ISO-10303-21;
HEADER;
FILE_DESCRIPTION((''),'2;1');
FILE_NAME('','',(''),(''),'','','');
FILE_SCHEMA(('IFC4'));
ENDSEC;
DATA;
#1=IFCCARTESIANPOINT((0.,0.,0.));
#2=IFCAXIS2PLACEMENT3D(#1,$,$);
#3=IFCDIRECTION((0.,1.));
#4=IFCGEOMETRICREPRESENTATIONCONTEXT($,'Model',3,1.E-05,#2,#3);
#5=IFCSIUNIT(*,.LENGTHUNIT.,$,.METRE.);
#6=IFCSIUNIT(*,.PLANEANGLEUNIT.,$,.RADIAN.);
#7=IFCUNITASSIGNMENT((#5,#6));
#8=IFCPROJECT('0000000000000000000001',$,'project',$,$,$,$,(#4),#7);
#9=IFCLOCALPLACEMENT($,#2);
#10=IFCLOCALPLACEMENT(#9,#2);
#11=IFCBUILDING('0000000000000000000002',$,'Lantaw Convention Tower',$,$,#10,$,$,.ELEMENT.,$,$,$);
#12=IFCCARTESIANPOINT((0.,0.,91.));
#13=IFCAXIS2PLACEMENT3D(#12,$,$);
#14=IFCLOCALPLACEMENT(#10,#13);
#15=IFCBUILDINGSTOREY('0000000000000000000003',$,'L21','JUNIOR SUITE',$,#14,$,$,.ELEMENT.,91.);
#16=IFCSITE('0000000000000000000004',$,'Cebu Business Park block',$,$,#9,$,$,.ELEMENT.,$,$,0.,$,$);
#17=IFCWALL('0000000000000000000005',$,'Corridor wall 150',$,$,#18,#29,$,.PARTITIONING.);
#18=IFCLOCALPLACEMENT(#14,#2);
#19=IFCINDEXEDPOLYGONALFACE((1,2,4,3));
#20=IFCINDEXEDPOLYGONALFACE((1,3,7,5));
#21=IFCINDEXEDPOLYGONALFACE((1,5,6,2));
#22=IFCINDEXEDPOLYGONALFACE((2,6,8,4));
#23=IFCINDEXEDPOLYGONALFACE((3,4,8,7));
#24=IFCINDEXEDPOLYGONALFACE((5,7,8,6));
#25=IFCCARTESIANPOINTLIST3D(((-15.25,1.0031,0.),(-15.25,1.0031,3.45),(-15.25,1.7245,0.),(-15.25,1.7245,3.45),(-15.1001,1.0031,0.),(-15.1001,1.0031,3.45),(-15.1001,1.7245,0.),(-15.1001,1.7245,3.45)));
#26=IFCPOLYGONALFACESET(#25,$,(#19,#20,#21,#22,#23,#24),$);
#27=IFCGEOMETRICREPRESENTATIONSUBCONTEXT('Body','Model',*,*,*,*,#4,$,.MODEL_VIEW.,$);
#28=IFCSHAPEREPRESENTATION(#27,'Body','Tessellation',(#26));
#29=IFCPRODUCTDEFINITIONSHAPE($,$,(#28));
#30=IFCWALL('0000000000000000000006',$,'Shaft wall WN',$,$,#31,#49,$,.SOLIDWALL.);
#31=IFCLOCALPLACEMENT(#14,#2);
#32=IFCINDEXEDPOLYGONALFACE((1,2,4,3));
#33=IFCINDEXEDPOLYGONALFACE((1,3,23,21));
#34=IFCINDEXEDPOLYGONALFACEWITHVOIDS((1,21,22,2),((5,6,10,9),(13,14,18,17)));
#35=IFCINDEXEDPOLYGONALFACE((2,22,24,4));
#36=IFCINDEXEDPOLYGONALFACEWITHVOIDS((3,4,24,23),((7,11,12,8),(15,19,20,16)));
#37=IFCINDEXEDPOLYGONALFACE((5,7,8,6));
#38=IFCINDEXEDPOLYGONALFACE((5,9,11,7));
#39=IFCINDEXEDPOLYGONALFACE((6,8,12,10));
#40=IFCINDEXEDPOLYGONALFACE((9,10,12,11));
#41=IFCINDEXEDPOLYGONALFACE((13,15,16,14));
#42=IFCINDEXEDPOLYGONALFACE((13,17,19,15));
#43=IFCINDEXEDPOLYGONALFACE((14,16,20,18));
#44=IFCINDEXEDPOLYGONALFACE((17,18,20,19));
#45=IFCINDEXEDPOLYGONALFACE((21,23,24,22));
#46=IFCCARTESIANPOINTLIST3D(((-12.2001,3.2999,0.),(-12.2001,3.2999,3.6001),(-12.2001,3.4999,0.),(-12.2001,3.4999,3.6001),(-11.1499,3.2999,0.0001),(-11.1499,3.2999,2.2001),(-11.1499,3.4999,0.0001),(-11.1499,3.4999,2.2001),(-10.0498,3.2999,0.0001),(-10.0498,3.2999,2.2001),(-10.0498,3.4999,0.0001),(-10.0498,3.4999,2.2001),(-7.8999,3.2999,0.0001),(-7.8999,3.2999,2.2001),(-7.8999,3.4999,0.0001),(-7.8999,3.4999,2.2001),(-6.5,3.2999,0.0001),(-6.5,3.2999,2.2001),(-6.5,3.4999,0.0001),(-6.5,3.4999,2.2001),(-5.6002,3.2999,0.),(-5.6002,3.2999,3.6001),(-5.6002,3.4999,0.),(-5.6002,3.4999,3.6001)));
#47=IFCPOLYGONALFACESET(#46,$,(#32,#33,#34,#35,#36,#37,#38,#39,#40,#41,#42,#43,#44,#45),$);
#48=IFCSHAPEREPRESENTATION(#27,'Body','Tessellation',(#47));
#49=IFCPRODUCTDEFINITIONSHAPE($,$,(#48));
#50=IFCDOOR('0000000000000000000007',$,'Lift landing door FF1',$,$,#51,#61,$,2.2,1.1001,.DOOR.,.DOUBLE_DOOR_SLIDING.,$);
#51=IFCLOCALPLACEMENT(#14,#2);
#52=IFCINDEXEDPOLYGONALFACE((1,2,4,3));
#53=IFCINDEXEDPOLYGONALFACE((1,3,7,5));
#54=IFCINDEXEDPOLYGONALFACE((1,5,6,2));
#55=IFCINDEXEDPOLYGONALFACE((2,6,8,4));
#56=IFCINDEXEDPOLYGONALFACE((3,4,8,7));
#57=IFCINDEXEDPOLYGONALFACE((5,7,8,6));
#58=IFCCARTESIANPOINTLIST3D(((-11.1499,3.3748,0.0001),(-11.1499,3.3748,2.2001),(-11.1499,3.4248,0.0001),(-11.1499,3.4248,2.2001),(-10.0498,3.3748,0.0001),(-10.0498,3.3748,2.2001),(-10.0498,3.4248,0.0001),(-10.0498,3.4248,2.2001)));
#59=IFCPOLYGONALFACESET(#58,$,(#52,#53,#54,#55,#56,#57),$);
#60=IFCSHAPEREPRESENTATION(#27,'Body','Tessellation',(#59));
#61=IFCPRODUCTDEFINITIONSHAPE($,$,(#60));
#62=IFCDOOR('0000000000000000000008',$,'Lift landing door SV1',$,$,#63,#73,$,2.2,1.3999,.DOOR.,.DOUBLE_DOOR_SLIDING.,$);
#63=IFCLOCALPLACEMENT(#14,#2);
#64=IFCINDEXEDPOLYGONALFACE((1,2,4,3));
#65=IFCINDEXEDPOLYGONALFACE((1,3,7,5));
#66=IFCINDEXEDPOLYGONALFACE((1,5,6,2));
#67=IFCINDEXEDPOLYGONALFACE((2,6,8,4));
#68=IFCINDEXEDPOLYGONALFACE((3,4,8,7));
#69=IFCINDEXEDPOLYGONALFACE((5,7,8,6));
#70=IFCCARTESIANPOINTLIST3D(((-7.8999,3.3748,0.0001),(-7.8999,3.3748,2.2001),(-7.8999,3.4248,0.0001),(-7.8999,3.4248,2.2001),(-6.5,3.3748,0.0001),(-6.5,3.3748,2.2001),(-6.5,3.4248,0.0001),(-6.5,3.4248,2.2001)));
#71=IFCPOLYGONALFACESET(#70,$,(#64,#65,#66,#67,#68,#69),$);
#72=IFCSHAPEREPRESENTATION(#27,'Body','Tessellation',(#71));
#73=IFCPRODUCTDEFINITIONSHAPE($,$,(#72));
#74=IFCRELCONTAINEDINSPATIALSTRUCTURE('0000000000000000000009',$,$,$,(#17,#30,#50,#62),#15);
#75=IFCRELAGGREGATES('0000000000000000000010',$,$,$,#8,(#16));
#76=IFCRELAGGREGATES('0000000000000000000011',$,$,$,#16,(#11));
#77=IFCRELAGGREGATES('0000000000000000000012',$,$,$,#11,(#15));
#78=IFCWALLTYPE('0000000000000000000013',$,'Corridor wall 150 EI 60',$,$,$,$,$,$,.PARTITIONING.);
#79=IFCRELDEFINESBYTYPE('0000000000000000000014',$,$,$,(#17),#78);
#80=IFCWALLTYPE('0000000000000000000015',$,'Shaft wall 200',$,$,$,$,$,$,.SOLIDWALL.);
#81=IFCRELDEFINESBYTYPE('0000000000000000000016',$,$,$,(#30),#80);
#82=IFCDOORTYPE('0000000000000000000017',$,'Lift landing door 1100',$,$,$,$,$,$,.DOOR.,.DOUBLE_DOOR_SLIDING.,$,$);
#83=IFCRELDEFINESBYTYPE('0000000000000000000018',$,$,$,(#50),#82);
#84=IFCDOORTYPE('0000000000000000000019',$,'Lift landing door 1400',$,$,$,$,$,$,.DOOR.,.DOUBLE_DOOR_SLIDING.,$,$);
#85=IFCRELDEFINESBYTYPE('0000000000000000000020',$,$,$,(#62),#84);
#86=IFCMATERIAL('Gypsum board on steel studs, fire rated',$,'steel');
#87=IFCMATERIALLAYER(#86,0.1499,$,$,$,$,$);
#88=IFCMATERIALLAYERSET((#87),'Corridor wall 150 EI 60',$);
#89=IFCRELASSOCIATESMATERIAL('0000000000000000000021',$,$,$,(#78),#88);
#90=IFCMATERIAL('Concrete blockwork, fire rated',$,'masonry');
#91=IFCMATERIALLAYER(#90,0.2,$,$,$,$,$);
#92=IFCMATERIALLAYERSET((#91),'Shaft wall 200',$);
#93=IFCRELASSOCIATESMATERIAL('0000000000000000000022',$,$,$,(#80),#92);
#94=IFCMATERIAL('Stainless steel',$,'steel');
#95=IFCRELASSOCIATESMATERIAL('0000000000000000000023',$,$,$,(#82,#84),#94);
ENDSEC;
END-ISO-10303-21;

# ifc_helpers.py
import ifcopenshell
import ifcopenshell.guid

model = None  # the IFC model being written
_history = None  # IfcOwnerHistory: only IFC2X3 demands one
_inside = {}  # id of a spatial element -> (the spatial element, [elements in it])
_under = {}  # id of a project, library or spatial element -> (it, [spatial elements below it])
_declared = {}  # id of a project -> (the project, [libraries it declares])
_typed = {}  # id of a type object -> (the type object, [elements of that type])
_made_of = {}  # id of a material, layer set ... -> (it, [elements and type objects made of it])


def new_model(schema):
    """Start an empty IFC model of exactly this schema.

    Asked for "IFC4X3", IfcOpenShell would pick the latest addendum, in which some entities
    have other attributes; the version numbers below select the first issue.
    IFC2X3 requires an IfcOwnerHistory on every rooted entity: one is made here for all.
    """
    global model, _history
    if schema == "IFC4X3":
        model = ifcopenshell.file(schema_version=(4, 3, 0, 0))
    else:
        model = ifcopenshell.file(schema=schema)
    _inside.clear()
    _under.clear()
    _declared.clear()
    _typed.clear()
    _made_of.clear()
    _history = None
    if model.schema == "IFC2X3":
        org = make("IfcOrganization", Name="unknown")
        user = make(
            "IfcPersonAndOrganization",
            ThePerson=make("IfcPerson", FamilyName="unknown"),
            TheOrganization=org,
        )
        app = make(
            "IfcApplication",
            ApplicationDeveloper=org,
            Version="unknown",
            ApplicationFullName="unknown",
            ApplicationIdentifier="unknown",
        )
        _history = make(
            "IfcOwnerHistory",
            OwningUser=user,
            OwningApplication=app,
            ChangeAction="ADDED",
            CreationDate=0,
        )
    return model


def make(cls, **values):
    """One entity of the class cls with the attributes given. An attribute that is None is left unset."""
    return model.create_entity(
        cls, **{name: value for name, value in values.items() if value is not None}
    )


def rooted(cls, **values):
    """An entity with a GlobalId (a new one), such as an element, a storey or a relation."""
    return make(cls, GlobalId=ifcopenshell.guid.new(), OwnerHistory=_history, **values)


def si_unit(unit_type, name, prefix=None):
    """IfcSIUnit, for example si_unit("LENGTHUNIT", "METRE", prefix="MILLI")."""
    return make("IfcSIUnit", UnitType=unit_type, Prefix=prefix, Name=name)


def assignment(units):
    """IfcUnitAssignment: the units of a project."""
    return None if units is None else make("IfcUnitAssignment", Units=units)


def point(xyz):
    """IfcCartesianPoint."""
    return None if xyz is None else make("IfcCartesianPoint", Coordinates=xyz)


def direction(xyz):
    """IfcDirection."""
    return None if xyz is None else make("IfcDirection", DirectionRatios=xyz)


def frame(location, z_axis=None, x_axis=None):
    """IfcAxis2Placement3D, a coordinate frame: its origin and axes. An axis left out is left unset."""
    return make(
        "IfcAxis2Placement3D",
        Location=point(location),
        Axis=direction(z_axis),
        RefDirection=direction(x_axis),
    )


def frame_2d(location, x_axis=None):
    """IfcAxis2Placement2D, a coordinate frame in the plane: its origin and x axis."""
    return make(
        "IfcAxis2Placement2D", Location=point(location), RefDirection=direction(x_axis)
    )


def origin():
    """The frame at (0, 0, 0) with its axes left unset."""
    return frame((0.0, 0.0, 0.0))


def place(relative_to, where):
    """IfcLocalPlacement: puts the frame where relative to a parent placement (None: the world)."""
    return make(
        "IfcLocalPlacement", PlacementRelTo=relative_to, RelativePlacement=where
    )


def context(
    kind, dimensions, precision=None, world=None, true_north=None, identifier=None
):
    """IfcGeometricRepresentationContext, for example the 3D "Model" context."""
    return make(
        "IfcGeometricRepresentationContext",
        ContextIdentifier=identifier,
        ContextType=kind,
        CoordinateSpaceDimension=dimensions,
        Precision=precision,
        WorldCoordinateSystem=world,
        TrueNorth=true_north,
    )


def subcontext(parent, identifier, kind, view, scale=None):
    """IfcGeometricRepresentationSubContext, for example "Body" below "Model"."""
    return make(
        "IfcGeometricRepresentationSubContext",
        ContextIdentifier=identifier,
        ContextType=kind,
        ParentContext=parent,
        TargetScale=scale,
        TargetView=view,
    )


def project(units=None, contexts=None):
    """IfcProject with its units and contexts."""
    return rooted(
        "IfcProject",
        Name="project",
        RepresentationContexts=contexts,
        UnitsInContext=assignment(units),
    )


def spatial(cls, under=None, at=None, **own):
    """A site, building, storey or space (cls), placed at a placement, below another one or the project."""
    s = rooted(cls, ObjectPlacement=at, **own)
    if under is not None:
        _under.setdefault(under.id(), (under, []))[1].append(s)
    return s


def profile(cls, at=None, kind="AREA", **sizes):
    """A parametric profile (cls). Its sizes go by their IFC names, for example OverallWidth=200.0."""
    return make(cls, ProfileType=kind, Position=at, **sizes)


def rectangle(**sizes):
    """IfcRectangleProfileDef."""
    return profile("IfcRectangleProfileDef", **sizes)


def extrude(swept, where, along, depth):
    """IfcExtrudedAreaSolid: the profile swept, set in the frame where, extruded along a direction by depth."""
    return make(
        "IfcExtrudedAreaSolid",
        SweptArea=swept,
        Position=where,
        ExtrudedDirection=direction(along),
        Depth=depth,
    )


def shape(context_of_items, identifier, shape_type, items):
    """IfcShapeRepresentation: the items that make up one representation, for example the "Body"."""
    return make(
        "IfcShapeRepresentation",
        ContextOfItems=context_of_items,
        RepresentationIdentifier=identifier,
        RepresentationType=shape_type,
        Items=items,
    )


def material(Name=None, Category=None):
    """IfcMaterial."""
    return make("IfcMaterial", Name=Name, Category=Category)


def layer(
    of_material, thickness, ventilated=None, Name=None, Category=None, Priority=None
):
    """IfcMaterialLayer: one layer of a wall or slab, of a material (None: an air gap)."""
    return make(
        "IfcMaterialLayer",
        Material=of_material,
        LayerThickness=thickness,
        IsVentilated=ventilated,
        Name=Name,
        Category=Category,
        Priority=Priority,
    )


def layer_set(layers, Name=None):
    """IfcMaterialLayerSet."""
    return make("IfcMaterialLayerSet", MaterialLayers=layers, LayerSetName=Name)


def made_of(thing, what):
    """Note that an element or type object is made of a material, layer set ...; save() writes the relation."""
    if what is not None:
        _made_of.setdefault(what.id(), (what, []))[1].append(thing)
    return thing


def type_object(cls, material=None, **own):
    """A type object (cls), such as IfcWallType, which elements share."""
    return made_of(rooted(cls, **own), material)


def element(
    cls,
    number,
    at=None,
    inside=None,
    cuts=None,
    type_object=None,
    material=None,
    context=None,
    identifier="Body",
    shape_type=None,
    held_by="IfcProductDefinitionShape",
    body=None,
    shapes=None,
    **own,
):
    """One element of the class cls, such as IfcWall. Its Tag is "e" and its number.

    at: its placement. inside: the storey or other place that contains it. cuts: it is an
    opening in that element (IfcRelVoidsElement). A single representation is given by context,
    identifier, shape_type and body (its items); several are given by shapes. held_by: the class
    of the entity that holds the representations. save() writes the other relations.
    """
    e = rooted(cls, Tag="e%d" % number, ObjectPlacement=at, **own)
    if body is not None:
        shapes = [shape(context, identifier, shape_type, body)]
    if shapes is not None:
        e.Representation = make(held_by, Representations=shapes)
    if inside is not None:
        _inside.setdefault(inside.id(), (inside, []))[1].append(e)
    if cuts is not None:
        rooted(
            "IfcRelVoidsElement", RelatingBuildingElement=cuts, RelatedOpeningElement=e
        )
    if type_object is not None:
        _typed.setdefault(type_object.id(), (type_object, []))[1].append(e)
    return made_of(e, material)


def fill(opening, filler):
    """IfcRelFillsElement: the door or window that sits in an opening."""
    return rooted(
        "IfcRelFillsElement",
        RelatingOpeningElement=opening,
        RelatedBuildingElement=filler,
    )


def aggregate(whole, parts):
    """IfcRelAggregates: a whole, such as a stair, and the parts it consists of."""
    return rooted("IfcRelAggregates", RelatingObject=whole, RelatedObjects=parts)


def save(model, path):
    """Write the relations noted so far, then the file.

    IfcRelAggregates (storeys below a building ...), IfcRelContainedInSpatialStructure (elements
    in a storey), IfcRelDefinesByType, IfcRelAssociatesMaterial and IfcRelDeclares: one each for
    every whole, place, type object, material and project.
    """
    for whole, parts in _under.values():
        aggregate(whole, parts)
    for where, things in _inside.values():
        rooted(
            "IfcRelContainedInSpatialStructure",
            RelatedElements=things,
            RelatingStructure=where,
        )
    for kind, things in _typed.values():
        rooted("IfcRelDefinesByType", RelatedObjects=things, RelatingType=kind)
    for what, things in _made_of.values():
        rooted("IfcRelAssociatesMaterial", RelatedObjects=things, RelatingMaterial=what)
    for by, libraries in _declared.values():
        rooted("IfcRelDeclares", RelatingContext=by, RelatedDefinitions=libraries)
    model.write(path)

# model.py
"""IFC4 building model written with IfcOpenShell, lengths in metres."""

from ifc_helpers import new_model, si_unit, direction, frame, frame_2d, origin, place, context, subcontext, project, spatial, rectangle, extrude, material, layer, layer_set, type_object, element, fill, save


model = new_model("IFC4")

# Units and contexts
model_context = context("Model", 3, precision=1e-05, world=origin(), true_north=direction((0.0, 1.0)))
body_context = subcontext(model_context, "Body", "Model", "MODEL_VIEW")
ifc_project = project(units=[si_unit("LENGTHUNIT", "METRE"), si_unit("PLANEANGLEUNIT", "RADIAN")], contexts=[model_context])

# Site, building, storey
site_placement = place(None, origin())
site = spatial("IfcSite", under=ifc_project, at=site_placement, Name="Cebu Business Park block", CompositionType="ELEMENT", RefElevation=0.0)
building_placement = place(site_placement, origin())
building = spatial("IfcBuilding", under=site, at=building_placement, Name="Lantaw Convention Tower", CompositionType="ELEMENT")
storey_placement = place(building_placement, frame((0.0, 0.0, 91.0)))
storey = spatial("IfcBuildingStorey", under=building, at=storey_placement, Name="L21", Description="JUNIOR SUITE", CompositionType="ELEMENT", Elevation=91.0)

# Wall
ifc_material_1 = material(Name="Gypsum board on steel studs, fire rated", Category="steel")
ifc_layer_1 = layer(ifc_material_1, 0.1499)
ifc_layer_set_1 = layer_set([ifc_layer_1], Name="Corridor wall 150 EI 60")
wall_type_1 = type_object("IfcWallType", Name="Corridor wall 150 EI 60", PredefinedType="PARTITIONING", material=ifc_layer_set_1)
wall_1_placement = place(storey_placement, frame((-15.175, 1.7246, 0.0), z_axis=(0.0, 0.0, 1.0), x_axis=(0.0, -1.0, 0.0)))
element("IfcWall", 1, at=wall_1_placement, inside=storey, type_object=wall_type_1, Name="Corridor wall 150", PredefinedType="PARTITIONING", context=body_context, shape_type="SweptSolid", body=[
    extrude(rectangle(XDim=0.7214, YDim=0.1499, at=frame_2d((0.3608, 0.0))), origin(), (0.0, 0.0, 1.0), 3.45),
])

# Wall, openings, doors
ifc_material_2 = material(Name="Concrete blockwork, fire rated", Category="masonry")
ifc_layer_2 = layer(ifc_material_2, 0.2)
ifc_layer_set_2 = layer_set([ifc_layer_2], Name="Shaft wall 200")
wall_type_2 = type_object("IfcWallType", Name="Shaft wall 200", PredefinedType="SOLIDWALL", material=ifc_layer_set_2)
wall_2_placement = place(storey_placement, frame((-12.2, 3.3999, 0.0), z_axis=(0.0, 0.0, 1.0), x_axis=(1.0, 0.0, 0.0)))
wall_2 = element("IfcWall", 2, at=wall_2_placement, inside=storey, type_object=wall_type_2, Name="Shaft wall WN", PredefinedType="SOLIDWALL", context=body_context, shape_type="SweptSolid", body=[
    extrude(rectangle(XDim=6.5999, YDim=0.2, at=frame_2d((3.2998, 0.0))), origin(), (0.0, 0.0, 1.0), 3.6001),
])
opening_1_placement = place(wall_2_placement, frame((1.05, 0.0, 0.0)))
opening_1 = element("IfcOpeningElement", 3, at=opening_1_placement, cuts=wall_2, PredefinedType="OPENING", context=body_context, shape_type="SweptSolid", body=[
    extrude(rectangle(XDim=1.1001, YDim=2.2, at=frame_2d((0.55, 1.1001))), frame((0.0, 0.1099, 0.0), z_axis=(0.0, -1.0, 0.0), x_axis=(1.0, 0.0, 0.0)), (0.0, 0.0, 1.0), 0.22),
])
opening_2_placement = place(wall_2_placement, frame((4.3, 0.0, 0.0)))
opening_2 = element("IfcOpeningElement", 4, at=opening_2_placement, cuts=wall_2, PredefinedType="OPENING", context=body_context, shape_type="SweptSolid", body=[
    extrude(rectangle(XDim=1.3999, YDim=2.2, at=frame_2d((0.7, 1.1001))), frame((0.0, 0.1099, 0.0), z_axis=(0.0, -1.0, 0.0), x_axis=(1.0, 0.0, 0.0)), (0.0, 0.0, 1.0), 0.22),
])
ifc_material_3 = material(Name="Stainless steel", Category="steel")
door_type_1 = type_object("IfcDoorType", Name="Lift landing door 1100", OperationType="DOUBLE_DOOR_SLIDING", PredefinedType="DOOR", material=ifc_material_3)
door_1_placement = place(opening_1_placement, origin())
door_1 = element("IfcDoor", 5, at=door_1_placement, inside=storey, type_object=door_type_1, Name="Lift landing door FF1", OperationType="DOUBLE_DOOR_SLIDING", OverallHeight=2.2, OverallWidth=1.1001, PredefinedType="DOOR", context=body_context, shape_type="SweptSolid", body=[
    extrude(rectangle(XDim=1.1001, YDim=2.2, at=frame_2d((0.55, 1.1001))), frame((0.0, 0.0249, 0.0), z_axis=(0.0, -1.0, 0.0), x_axis=(1.0, 0.0, 0.0)), (0.0, 0.0, 1.0), 0.05),
])
fill(opening_1, door_1)
door_type_2 = type_object("IfcDoorType", Name="Lift landing door 1400", OperationType="DOUBLE_DOOR_SLIDING", PredefinedType="DOOR", material=ifc_material_3)
door_2_placement = place(opening_2_placement, origin())
door_2 = element("IfcDoor", 6, at=door_2_placement, inside=storey, type_object=door_type_2, Name="Lift landing door SV1", OperationType="DOUBLE_DOOR_SLIDING", OverallHeight=2.2, OverallWidth=1.3999, PredefinedType="DOOR", context=body_context, shape_type="SweptSolid", body=[
    extrude(rectangle(XDim=1.3999, YDim=2.2, at=frame_2d((0.7, 1.1001))), frame((0.0, 0.0249, 0.0), z_axis=(0.0, -1.0, 0.0), x_axis=(1.0, 0.0, 0.0)), (0.0, 0.0, 1.0), 0.05),
])
fill(opening_2, door_2)

save(model, "model.ifc")
